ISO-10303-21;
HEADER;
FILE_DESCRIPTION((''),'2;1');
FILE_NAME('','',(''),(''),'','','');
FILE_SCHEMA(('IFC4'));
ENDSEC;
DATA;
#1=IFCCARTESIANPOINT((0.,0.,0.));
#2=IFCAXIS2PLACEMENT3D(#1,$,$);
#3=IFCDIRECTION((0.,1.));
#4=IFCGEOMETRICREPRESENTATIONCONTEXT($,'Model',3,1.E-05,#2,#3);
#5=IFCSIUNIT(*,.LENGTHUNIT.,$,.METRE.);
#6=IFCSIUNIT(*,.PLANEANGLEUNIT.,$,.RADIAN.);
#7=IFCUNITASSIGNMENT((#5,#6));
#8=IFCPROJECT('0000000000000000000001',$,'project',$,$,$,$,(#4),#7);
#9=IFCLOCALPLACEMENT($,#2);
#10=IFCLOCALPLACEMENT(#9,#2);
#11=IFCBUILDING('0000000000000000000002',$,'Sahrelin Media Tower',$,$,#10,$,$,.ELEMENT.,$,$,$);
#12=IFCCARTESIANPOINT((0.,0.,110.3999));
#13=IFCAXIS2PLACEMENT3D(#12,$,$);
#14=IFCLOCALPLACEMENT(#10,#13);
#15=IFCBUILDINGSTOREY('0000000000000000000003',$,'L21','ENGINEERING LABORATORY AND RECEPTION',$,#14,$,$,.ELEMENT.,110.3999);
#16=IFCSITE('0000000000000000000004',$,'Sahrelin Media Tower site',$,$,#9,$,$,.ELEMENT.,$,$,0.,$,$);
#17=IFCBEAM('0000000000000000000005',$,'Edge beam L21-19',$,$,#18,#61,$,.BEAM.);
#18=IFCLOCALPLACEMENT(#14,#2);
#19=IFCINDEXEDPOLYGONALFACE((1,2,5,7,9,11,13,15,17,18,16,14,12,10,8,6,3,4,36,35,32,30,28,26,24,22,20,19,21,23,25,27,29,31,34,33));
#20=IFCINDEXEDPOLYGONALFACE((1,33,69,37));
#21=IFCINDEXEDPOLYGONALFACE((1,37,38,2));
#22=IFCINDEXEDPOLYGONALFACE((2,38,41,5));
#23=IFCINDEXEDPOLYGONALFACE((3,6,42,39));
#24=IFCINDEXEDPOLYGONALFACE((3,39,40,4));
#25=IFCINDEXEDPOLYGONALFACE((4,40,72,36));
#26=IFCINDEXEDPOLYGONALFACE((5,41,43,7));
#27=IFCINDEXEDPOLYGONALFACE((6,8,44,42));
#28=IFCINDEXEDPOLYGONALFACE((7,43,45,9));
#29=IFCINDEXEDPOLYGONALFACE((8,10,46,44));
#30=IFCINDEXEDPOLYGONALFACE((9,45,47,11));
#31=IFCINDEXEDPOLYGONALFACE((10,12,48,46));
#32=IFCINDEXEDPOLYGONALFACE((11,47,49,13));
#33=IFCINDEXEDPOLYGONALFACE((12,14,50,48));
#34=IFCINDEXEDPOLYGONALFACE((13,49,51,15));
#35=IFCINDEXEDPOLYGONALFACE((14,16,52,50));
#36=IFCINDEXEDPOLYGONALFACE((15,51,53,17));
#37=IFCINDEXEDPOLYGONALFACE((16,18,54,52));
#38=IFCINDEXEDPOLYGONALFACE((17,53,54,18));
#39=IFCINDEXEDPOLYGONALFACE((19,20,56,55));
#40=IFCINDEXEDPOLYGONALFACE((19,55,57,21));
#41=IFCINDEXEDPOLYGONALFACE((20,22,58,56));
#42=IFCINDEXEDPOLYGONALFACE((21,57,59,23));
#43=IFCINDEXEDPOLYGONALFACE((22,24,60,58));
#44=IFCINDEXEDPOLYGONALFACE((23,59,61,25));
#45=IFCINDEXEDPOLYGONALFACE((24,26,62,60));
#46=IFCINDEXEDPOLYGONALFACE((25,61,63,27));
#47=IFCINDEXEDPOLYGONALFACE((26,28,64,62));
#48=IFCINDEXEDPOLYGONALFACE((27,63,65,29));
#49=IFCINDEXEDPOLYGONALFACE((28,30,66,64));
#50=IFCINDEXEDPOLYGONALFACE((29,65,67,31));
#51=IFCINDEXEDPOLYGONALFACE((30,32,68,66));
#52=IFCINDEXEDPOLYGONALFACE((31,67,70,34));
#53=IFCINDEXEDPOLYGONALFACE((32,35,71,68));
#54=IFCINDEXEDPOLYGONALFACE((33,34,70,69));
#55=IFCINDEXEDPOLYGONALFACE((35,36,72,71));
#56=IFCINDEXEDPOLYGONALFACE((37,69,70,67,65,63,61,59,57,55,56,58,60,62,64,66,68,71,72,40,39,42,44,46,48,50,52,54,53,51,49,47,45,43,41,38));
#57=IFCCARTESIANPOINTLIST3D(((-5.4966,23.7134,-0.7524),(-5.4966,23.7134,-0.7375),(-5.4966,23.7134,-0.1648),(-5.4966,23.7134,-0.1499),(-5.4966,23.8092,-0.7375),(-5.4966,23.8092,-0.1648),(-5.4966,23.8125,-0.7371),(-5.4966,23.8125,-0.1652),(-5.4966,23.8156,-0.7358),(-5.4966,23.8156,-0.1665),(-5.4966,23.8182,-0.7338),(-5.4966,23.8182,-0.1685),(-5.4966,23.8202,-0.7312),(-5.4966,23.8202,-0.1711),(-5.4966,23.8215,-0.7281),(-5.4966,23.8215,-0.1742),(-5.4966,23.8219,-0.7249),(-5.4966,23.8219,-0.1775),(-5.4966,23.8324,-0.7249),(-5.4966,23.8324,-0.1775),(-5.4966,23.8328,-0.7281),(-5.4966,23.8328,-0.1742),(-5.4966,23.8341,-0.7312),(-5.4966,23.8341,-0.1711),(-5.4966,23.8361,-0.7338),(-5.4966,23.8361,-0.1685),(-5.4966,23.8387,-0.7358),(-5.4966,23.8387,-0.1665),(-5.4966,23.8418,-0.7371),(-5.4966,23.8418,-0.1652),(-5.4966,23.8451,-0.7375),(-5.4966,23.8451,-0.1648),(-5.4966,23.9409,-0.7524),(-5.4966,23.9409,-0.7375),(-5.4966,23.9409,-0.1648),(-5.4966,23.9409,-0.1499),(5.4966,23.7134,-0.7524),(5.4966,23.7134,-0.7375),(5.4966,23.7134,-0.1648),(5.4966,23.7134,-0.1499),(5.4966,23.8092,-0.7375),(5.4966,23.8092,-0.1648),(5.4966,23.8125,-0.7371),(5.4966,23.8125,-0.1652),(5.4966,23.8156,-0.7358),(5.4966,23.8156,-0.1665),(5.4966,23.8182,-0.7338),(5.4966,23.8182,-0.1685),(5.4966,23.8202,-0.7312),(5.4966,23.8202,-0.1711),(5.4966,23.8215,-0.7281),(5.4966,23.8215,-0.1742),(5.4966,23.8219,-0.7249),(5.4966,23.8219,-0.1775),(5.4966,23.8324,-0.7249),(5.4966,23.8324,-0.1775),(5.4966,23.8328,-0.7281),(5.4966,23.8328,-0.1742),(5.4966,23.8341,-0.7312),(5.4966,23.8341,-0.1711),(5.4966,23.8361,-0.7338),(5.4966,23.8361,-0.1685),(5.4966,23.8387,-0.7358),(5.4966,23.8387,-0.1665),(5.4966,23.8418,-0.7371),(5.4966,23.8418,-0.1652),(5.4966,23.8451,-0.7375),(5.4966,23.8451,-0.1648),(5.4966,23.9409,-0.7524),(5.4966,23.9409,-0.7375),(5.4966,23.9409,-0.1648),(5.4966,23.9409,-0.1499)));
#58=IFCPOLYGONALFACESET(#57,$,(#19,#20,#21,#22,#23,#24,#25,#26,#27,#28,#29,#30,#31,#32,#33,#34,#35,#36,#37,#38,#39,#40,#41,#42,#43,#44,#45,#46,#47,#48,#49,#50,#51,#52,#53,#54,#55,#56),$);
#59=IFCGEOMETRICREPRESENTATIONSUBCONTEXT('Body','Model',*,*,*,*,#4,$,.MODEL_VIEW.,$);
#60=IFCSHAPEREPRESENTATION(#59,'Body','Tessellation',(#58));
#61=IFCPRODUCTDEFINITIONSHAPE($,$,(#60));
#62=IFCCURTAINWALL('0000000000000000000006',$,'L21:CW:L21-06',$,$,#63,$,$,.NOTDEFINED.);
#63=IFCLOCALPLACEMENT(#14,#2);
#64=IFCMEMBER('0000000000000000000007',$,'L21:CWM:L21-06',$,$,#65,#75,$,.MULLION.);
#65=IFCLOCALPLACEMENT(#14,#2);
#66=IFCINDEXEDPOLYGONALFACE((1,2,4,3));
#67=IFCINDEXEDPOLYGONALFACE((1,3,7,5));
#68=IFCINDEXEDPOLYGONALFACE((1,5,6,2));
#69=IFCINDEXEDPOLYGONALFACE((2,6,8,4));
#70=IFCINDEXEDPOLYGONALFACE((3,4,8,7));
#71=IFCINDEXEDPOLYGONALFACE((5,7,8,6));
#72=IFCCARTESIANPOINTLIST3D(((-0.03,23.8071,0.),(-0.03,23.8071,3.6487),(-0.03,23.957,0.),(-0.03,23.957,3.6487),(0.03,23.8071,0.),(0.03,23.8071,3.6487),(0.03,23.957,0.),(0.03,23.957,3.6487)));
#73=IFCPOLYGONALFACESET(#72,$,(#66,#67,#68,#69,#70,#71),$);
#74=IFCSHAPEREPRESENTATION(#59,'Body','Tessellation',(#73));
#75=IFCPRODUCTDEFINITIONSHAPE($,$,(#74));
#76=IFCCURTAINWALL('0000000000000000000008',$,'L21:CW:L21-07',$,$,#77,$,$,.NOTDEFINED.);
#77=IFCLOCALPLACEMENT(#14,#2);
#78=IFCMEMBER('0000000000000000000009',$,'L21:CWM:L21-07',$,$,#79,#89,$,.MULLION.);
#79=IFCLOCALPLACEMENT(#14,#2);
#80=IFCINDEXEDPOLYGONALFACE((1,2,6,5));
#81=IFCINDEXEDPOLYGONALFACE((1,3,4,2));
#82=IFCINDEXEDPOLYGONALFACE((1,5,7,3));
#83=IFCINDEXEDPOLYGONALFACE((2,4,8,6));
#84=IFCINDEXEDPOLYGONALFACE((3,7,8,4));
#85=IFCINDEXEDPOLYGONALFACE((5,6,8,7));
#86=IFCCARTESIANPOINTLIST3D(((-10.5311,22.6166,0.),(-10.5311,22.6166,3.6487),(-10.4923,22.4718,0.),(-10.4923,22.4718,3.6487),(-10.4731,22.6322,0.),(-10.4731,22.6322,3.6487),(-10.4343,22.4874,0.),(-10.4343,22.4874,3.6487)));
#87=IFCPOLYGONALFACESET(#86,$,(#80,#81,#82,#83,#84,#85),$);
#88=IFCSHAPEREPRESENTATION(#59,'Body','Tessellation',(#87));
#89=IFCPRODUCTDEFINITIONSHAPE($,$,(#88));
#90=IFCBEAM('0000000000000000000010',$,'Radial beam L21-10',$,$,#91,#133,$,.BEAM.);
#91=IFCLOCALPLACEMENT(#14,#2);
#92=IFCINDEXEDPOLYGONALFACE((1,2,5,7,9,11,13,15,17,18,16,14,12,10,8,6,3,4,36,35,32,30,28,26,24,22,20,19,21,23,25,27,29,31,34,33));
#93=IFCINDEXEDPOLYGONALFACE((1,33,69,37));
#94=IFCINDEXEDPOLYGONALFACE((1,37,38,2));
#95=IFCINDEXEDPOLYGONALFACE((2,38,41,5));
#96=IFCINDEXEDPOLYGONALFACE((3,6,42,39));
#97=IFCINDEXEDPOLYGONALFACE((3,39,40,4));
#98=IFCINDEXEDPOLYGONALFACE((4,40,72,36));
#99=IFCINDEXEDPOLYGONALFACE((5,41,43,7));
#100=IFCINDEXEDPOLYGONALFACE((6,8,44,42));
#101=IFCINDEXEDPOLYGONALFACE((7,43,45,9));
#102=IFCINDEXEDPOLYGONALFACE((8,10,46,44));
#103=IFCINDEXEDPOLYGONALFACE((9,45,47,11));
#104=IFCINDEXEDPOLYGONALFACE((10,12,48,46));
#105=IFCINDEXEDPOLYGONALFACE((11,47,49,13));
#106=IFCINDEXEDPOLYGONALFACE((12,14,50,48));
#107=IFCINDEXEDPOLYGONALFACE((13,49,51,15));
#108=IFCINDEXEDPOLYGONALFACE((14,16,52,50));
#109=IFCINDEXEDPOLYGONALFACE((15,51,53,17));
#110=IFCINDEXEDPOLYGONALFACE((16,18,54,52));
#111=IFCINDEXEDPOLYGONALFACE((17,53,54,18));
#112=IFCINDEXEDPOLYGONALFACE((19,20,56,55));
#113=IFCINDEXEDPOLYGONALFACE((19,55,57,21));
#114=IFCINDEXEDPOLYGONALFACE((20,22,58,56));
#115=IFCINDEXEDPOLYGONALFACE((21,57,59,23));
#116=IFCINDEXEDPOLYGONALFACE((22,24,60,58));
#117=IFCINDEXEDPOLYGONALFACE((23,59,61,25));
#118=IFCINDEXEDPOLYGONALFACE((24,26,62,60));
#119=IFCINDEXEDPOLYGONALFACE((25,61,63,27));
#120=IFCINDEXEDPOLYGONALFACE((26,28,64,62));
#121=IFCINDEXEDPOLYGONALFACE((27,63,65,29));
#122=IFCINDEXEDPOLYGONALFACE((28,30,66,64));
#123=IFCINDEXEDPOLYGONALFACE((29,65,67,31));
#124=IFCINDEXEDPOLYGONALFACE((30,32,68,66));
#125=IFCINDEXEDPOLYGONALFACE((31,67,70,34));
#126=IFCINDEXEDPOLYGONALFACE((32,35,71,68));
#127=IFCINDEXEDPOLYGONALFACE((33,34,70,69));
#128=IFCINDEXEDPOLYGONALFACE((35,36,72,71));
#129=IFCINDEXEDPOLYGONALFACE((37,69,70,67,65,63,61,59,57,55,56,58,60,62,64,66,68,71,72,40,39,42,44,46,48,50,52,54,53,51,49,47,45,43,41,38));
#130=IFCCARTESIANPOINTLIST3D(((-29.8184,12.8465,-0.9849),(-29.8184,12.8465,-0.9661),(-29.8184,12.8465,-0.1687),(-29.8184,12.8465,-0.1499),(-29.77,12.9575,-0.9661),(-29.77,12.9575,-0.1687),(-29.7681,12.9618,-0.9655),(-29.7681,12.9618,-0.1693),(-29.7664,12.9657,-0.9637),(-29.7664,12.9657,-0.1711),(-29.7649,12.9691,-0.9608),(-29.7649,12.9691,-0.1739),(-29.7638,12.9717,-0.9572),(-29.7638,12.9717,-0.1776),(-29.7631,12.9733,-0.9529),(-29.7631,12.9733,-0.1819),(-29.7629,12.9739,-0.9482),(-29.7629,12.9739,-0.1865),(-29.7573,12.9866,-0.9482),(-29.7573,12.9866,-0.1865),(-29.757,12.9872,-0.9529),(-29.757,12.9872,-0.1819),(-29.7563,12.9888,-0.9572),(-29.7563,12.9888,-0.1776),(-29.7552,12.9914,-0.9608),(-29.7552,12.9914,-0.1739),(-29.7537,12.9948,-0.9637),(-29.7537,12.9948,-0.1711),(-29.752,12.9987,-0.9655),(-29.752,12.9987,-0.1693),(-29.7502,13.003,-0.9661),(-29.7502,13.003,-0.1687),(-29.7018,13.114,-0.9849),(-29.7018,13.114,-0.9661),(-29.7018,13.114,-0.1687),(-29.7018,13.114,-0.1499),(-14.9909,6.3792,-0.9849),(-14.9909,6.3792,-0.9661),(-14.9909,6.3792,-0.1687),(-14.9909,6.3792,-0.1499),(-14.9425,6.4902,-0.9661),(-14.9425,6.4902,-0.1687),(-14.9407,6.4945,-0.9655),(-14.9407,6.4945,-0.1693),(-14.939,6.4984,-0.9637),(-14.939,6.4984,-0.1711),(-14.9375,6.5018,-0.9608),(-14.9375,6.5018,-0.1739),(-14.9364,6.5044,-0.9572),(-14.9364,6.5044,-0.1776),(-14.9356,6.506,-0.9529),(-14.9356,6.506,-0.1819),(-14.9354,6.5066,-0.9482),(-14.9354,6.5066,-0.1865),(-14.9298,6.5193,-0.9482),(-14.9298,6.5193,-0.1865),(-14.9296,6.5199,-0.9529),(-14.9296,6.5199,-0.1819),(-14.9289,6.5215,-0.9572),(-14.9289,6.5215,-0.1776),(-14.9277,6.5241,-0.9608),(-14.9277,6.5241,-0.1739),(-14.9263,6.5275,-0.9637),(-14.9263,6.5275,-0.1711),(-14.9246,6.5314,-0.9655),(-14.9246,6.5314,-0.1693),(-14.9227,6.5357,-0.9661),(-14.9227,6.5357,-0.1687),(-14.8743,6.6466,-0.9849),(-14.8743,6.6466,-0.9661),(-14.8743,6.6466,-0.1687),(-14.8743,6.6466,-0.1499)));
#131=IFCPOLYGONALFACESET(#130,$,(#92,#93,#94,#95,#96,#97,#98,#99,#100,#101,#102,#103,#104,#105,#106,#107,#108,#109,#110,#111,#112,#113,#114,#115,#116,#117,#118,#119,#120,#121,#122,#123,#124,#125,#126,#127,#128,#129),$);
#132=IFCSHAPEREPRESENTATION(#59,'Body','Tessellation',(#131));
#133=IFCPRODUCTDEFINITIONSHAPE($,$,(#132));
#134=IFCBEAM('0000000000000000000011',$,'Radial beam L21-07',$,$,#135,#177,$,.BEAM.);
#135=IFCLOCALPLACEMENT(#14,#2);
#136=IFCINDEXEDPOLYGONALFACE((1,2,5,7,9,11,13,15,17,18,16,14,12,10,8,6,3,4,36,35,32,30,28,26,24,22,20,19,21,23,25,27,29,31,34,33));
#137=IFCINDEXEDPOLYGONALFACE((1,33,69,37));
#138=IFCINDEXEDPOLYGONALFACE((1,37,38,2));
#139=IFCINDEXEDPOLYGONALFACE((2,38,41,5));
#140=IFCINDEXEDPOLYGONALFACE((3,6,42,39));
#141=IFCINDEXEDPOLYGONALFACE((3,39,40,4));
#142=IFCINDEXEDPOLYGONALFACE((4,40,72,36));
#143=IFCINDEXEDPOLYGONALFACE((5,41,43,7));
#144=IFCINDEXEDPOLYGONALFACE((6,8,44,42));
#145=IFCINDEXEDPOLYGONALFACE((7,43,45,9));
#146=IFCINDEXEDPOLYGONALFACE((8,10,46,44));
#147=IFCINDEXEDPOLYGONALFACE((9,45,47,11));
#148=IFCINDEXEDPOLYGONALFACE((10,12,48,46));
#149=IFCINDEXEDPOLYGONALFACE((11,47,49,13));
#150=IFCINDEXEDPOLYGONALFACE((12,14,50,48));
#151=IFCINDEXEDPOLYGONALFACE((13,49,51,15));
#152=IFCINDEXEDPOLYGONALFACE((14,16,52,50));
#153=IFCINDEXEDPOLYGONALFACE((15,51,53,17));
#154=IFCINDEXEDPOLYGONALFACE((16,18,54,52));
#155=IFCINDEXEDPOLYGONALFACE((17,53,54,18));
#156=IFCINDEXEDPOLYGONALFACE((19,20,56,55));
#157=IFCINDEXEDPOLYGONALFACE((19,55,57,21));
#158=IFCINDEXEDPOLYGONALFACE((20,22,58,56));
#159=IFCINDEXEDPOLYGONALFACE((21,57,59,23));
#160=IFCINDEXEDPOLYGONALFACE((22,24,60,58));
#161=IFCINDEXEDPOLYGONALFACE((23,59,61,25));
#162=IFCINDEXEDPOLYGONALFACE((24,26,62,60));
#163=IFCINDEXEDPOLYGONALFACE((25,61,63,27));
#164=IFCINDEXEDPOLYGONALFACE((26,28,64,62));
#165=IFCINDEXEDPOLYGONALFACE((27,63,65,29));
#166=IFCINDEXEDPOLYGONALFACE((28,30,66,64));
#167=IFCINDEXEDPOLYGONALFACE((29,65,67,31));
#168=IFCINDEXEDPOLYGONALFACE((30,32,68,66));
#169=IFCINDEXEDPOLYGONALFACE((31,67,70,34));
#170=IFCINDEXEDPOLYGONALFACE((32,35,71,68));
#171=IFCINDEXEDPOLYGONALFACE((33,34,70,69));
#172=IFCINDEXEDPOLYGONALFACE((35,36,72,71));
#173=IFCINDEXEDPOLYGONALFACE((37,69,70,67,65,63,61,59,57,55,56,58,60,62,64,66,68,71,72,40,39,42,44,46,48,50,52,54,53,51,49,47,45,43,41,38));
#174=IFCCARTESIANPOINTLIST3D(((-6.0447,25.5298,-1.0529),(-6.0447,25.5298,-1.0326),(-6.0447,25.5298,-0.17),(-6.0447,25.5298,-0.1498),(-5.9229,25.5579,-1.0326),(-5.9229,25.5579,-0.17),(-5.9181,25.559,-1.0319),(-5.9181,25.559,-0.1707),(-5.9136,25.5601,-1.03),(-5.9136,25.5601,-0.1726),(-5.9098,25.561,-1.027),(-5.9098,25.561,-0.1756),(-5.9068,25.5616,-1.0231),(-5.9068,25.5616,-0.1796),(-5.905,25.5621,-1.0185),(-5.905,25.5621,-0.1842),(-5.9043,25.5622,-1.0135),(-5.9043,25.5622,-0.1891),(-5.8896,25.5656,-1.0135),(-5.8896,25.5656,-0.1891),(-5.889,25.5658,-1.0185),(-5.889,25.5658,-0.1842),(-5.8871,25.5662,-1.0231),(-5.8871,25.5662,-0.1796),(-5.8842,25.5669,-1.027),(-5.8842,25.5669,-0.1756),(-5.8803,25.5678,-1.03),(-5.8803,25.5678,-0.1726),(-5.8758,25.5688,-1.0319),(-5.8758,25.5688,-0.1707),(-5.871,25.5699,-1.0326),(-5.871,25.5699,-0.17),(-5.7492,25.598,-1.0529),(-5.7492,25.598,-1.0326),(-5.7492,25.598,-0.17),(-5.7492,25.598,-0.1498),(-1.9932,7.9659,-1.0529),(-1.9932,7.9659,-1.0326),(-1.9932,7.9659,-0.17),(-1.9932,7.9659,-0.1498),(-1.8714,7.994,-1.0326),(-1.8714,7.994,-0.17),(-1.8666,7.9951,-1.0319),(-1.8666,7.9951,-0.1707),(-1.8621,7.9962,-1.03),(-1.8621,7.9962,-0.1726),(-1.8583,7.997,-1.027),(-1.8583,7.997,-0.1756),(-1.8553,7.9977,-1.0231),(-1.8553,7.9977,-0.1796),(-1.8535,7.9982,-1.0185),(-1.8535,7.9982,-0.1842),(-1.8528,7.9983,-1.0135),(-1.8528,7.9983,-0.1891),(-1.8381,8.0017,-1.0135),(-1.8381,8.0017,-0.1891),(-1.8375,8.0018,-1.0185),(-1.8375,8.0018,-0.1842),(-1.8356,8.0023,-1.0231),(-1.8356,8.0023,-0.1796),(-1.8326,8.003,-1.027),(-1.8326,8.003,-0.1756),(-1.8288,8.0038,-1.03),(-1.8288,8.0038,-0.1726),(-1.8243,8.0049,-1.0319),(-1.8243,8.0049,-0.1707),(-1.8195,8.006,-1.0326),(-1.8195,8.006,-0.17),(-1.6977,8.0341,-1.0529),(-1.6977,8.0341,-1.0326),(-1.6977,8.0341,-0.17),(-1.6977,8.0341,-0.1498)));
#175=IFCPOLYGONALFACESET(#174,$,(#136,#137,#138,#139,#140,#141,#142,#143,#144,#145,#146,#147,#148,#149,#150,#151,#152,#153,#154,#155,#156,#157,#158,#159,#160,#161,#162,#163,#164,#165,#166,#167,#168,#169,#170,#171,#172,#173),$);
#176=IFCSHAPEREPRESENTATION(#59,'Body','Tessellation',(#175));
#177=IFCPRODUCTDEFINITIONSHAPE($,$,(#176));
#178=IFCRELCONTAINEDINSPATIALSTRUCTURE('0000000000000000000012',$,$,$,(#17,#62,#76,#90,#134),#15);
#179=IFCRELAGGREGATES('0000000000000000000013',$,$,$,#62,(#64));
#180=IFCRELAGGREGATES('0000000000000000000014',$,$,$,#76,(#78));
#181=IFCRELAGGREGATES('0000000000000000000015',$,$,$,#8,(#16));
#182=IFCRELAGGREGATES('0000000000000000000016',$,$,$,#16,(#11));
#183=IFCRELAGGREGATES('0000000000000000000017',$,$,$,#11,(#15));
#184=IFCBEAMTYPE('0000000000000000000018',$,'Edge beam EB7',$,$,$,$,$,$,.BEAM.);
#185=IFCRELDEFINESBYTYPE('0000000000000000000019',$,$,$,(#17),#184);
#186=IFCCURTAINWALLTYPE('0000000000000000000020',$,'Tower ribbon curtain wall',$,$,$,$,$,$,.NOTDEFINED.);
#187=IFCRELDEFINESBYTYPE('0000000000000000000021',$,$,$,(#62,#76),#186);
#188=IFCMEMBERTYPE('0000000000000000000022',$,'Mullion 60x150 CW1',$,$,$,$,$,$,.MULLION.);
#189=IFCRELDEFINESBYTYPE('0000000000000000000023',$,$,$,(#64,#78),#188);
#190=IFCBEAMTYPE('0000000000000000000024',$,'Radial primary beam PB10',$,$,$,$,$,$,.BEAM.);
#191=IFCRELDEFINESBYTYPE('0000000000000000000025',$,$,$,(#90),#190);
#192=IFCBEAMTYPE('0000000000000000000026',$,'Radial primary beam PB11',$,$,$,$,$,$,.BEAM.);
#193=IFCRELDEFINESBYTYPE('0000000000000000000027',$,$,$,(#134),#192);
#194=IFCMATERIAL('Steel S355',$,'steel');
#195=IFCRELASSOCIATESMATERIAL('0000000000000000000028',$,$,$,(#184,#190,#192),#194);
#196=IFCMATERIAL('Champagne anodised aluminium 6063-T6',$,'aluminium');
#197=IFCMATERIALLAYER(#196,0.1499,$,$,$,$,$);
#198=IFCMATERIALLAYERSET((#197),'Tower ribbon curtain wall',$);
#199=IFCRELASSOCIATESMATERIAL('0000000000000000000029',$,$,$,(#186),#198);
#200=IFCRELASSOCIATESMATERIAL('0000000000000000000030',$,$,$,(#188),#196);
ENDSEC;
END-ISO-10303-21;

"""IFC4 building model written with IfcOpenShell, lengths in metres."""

from ifc_helpers import new_model, si_unit, direction, frame, origin, origin_2d, place, context, subcontext, project, spatial, rectangle, i_section, extrude, material, layer, layer_set, material_profile, profile_set, type_object, element, aggregate, save


model = new_model("IFC4")

# Units and contexts
model_context = context("Model", 3, precision=1e-05, world=origin(), true_north=direction((0.0, 1.0)))
body_context = subcontext(model_context, "Body", "Model", "MODEL_VIEW")
ifc_project = project(units=[si_unit("LENGTHUNIT", "METRE"), si_unit("PLANEANGLEUNIT", "RADIAN")], contexts=[model_context])

# Site, building, storey
site_placement = place(None, origin())
site = spatial("IfcSite", under=ifc_project, at=site_placement, Name="Sahrelin Media Tower site", CompositionType="ELEMENT", RefElevation=0.0)
building_placement = place(site_placement, origin())
building = spatial("IfcBuilding", under=site, at=building_placement, Name="Sahrelin Media Tower", CompositionType="ELEMENT")
storey_placement = place(building_placement, frame((0.0, 0.0, 110.3999)))
storey = spatial("IfcBuildingStorey", under=building, at=storey_placement, Name="L21", Description="ENGINEERING LABORATORY AND RECEPTION", CompositionType="ELEMENT", Elevation=110.3999)

# Beam
ifc_material_1 = material(Name="Steel S355", Category="steel")
ifc_material_profile_1 = material_profile(ifc_material_1, i_section(OverallWidth=0.2275, OverallDepth=0.6025, WebThickness=0.0105, FlangeThickness=0.0149, FilletRadius=0.0127, at=origin_2d()), Name="UB 610x229x101")
ifc_profile_set_1 = profile_set([ifc_material_profile_1], Name="Steel S355")
beam_type_1 = type_object("IfcBeamType", Name="Edge beam EB7", PredefinedType="BEAM", material=ifc_profile_set_1)
beam_1_placement = place(storey_placement, frame((-5.4966, 23.8271, -0.4512), z_axis=(1.0, 0.0, 0.0), x_axis=(0.0, 1.0, 0.0)))
element("IfcBeam", 1, at=beam_1_placement, inside=storey, type_object=beam_type_1, Name="Edge beam L21-19", PredefinedType="BEAM", context=body_context, shape_type="SweptSolid", body=[
    extrude(i_section(OverallWidth=0.2275, OverallDepth=0.6025, WebThickness=0.0105, FlangeThickness=0.0149, FilletRadius=0.0127, at=origin_2d()), origin(), (0.0, 0.0, 1.0), 10.9932),
])

# Curtain walls, members
ifc_material_2 = material(Name="Champagne anodised aluminium 6063-T6", Category="aluminium")
ifc_layer_1 = layer(ifc_material_2, 0.1499)
ifc_layer_set_1 = layer_set([ifc_layer_1], Name="Tower ribbon curtain wall")
curtain_wall_type = type_object("IfcCurtainWallType", Name="Tower ribbon curtain wall", PredefinedType="NOTDEFINED", material=ifc_layer_set_1)
curtain_wall_1_placement = place(storey_placement, frame((0.0, 23.9771, 0.0), z_axis=(0.0, 0.0, 1.0), x_axis=(1.0, 0.0, 0.0)))
curtain_wall_1 = element("IfcCurtainWall", 2, at=curtain_wall_1_placement, inside=storey, type_object=curtain_wall_type, Name="L21:CW:L21-06", PredefinedType="NOTDEFINED")
ifc_material_profile_2 = material_profile(ifc_material_2, rectangle(XDim=0.0601, YDim=0.1499, at=origin_2d()), Name="Mullion 60x150")
ifc_profile_set_2 = profile_set([ifc_material_profile_2], Name="Champagne anodised aluminium 6063-T6")
member_type_1 = type_object("IfcMemberType", Name="Mullion 60x150 CW1", PredefinedType="MULLION", material=ifc_profile_set_2)
member_1_placement = place(storey_placement, frame((0.0, 23.8821, 0.0), z_axis=(0.0, 0.0, 1.0), x_axis=(-1.0, 0.0, 0.0)))
member_1 = element("IfcMember", 3, at=member_1_placement, type_object=member_type_1, Name="L21:CWM:L21-06", PredefinedType="MULLION", context=body_context, shape_type="SweptSolid", body=[
    extrude(rectangle(XDim=0.0601, YDim=0.1499, at=origin_2d()), origin(), (0.0, 0.0, 1.0), 3.6487),
])
aggregate(curtain_wall_1, [member_1])
curtain_wall_2_placement = place(storey_placement, frame((-10.5073, 22.6438, 0.0), z_axis=(0.0, 0.0, 1.0), x_axis=(1.0, 0.0, 0.0)))
curtain_wall_2 = element("IfcCurtainWall", 4, at=curtain_wall_2_placement, inside=storey, type_object=curtain_wall_type, Name="L21:CW:L21-07", PredefinedType="NOTDEFINED")
member_2_placement = place(storey_placement, frame((-10.4827, 22.552, 0.0), z_axis=(0.0, 0.0, 1.0), x_axis=(-0.965926, -0.258817, 0.0)))
member_2 = element("IfcMember", 5, at=member_2_placement, type_object=member_type_1, Name="L21:CWM:L21-07", PredefinedType="MULLION", context=body_context, shape_type="SweptSolid", body=[
    extrude(rectangle(XDim=0.0601, YDim=0.1499, at=origin_2d()), origin(), (0.0, 0.0, 1.0), 3.6487),
])

# Beams
ifc_material_profile_3 = material_profile(ifc_material_1, i_section(OverallWidth=0.2917, OverallDepth=0.835, WebThickness=0.0139, FlangeThickness=0.0188, FilletRadius=0.0178, at=origin_2d()), Name="UB 838x292x176")
ifc_profile_set_3 = profile_set([ifc_material_profile_3], Name="Steel S355")
beam_type_2 = type_object("IfcBeamType", Name="Radial primary beam PB10", PredefinedType="BEAM", material=ifc_profile_set_3)
beam_2_placement = place(storey_placement, frame((-14.9326, 6.5129, -0.5674), z_axis=(-0.916604, 0.399796, 0.0), x_axis=(-0.399796, -0.916604, 0.0)))
element("IfcBeam", 6, at=beam_2_placement, inside=storey, type_object=beam_type_2, Name="Radial beam L21-10", PredefinedType="BEAM", context=body_context, shape_type="SweptSolid", body=[
    extrude(i_section(OverallWidth=0.2917, OverallDepth=0.835, WebThickness=0.0139, FlangeThickness=0.0188, FilletRadius=0.0178, at=origin_2d()), origin(), (0.0, 0.0, 1.0), 16.1765),
])
ifc_material_profile_4 = material_profile(ifc_material_1, i_section(OverallWidth=0.3032, OverallDepth=0.9031, WebThickness=0.0151, FlangeThickness=0.0203, FilletRadius=0.019, at=origin_2d()), Name="UB 914x305x201")
ifc_profile_set_4 = profile_set([ifc_material_profile_4], Name="Steel S355")
beam_type_3 = type_object("IfcBeamType", Name="Radial primary beam PB11", PredefinedType="BEAM", material=ifc_profile_set_4)
beam_3_placement = place(storey_placement, frame((-1.8455, 8.0, -0.6013), z_axis=(-0.224769, 0.974412, 0.0), x_axis=(-0.974412, -0.224769, 0.0)))
element("IfcBeam", 7, at=beam_3_placement, inside=storey, type_object=beam_type_3, Name="Radial beam L21-07", PredefinedType="BEAM", context=body_context, shape_type="SweptSolid", body=[
    extrude(i_section(OverallWidth=0.3032, OverallDepth=0.9031, WebThickness=0.0151, FlangeThickness=0.0203, FilletRadius=0.019, at=origin_2d()), origin(), (0.0, 0.0, 1.0), 18.0251),
])

aggregate(curtain_wall_2, [member_2])

save(model, "model.ifc")
